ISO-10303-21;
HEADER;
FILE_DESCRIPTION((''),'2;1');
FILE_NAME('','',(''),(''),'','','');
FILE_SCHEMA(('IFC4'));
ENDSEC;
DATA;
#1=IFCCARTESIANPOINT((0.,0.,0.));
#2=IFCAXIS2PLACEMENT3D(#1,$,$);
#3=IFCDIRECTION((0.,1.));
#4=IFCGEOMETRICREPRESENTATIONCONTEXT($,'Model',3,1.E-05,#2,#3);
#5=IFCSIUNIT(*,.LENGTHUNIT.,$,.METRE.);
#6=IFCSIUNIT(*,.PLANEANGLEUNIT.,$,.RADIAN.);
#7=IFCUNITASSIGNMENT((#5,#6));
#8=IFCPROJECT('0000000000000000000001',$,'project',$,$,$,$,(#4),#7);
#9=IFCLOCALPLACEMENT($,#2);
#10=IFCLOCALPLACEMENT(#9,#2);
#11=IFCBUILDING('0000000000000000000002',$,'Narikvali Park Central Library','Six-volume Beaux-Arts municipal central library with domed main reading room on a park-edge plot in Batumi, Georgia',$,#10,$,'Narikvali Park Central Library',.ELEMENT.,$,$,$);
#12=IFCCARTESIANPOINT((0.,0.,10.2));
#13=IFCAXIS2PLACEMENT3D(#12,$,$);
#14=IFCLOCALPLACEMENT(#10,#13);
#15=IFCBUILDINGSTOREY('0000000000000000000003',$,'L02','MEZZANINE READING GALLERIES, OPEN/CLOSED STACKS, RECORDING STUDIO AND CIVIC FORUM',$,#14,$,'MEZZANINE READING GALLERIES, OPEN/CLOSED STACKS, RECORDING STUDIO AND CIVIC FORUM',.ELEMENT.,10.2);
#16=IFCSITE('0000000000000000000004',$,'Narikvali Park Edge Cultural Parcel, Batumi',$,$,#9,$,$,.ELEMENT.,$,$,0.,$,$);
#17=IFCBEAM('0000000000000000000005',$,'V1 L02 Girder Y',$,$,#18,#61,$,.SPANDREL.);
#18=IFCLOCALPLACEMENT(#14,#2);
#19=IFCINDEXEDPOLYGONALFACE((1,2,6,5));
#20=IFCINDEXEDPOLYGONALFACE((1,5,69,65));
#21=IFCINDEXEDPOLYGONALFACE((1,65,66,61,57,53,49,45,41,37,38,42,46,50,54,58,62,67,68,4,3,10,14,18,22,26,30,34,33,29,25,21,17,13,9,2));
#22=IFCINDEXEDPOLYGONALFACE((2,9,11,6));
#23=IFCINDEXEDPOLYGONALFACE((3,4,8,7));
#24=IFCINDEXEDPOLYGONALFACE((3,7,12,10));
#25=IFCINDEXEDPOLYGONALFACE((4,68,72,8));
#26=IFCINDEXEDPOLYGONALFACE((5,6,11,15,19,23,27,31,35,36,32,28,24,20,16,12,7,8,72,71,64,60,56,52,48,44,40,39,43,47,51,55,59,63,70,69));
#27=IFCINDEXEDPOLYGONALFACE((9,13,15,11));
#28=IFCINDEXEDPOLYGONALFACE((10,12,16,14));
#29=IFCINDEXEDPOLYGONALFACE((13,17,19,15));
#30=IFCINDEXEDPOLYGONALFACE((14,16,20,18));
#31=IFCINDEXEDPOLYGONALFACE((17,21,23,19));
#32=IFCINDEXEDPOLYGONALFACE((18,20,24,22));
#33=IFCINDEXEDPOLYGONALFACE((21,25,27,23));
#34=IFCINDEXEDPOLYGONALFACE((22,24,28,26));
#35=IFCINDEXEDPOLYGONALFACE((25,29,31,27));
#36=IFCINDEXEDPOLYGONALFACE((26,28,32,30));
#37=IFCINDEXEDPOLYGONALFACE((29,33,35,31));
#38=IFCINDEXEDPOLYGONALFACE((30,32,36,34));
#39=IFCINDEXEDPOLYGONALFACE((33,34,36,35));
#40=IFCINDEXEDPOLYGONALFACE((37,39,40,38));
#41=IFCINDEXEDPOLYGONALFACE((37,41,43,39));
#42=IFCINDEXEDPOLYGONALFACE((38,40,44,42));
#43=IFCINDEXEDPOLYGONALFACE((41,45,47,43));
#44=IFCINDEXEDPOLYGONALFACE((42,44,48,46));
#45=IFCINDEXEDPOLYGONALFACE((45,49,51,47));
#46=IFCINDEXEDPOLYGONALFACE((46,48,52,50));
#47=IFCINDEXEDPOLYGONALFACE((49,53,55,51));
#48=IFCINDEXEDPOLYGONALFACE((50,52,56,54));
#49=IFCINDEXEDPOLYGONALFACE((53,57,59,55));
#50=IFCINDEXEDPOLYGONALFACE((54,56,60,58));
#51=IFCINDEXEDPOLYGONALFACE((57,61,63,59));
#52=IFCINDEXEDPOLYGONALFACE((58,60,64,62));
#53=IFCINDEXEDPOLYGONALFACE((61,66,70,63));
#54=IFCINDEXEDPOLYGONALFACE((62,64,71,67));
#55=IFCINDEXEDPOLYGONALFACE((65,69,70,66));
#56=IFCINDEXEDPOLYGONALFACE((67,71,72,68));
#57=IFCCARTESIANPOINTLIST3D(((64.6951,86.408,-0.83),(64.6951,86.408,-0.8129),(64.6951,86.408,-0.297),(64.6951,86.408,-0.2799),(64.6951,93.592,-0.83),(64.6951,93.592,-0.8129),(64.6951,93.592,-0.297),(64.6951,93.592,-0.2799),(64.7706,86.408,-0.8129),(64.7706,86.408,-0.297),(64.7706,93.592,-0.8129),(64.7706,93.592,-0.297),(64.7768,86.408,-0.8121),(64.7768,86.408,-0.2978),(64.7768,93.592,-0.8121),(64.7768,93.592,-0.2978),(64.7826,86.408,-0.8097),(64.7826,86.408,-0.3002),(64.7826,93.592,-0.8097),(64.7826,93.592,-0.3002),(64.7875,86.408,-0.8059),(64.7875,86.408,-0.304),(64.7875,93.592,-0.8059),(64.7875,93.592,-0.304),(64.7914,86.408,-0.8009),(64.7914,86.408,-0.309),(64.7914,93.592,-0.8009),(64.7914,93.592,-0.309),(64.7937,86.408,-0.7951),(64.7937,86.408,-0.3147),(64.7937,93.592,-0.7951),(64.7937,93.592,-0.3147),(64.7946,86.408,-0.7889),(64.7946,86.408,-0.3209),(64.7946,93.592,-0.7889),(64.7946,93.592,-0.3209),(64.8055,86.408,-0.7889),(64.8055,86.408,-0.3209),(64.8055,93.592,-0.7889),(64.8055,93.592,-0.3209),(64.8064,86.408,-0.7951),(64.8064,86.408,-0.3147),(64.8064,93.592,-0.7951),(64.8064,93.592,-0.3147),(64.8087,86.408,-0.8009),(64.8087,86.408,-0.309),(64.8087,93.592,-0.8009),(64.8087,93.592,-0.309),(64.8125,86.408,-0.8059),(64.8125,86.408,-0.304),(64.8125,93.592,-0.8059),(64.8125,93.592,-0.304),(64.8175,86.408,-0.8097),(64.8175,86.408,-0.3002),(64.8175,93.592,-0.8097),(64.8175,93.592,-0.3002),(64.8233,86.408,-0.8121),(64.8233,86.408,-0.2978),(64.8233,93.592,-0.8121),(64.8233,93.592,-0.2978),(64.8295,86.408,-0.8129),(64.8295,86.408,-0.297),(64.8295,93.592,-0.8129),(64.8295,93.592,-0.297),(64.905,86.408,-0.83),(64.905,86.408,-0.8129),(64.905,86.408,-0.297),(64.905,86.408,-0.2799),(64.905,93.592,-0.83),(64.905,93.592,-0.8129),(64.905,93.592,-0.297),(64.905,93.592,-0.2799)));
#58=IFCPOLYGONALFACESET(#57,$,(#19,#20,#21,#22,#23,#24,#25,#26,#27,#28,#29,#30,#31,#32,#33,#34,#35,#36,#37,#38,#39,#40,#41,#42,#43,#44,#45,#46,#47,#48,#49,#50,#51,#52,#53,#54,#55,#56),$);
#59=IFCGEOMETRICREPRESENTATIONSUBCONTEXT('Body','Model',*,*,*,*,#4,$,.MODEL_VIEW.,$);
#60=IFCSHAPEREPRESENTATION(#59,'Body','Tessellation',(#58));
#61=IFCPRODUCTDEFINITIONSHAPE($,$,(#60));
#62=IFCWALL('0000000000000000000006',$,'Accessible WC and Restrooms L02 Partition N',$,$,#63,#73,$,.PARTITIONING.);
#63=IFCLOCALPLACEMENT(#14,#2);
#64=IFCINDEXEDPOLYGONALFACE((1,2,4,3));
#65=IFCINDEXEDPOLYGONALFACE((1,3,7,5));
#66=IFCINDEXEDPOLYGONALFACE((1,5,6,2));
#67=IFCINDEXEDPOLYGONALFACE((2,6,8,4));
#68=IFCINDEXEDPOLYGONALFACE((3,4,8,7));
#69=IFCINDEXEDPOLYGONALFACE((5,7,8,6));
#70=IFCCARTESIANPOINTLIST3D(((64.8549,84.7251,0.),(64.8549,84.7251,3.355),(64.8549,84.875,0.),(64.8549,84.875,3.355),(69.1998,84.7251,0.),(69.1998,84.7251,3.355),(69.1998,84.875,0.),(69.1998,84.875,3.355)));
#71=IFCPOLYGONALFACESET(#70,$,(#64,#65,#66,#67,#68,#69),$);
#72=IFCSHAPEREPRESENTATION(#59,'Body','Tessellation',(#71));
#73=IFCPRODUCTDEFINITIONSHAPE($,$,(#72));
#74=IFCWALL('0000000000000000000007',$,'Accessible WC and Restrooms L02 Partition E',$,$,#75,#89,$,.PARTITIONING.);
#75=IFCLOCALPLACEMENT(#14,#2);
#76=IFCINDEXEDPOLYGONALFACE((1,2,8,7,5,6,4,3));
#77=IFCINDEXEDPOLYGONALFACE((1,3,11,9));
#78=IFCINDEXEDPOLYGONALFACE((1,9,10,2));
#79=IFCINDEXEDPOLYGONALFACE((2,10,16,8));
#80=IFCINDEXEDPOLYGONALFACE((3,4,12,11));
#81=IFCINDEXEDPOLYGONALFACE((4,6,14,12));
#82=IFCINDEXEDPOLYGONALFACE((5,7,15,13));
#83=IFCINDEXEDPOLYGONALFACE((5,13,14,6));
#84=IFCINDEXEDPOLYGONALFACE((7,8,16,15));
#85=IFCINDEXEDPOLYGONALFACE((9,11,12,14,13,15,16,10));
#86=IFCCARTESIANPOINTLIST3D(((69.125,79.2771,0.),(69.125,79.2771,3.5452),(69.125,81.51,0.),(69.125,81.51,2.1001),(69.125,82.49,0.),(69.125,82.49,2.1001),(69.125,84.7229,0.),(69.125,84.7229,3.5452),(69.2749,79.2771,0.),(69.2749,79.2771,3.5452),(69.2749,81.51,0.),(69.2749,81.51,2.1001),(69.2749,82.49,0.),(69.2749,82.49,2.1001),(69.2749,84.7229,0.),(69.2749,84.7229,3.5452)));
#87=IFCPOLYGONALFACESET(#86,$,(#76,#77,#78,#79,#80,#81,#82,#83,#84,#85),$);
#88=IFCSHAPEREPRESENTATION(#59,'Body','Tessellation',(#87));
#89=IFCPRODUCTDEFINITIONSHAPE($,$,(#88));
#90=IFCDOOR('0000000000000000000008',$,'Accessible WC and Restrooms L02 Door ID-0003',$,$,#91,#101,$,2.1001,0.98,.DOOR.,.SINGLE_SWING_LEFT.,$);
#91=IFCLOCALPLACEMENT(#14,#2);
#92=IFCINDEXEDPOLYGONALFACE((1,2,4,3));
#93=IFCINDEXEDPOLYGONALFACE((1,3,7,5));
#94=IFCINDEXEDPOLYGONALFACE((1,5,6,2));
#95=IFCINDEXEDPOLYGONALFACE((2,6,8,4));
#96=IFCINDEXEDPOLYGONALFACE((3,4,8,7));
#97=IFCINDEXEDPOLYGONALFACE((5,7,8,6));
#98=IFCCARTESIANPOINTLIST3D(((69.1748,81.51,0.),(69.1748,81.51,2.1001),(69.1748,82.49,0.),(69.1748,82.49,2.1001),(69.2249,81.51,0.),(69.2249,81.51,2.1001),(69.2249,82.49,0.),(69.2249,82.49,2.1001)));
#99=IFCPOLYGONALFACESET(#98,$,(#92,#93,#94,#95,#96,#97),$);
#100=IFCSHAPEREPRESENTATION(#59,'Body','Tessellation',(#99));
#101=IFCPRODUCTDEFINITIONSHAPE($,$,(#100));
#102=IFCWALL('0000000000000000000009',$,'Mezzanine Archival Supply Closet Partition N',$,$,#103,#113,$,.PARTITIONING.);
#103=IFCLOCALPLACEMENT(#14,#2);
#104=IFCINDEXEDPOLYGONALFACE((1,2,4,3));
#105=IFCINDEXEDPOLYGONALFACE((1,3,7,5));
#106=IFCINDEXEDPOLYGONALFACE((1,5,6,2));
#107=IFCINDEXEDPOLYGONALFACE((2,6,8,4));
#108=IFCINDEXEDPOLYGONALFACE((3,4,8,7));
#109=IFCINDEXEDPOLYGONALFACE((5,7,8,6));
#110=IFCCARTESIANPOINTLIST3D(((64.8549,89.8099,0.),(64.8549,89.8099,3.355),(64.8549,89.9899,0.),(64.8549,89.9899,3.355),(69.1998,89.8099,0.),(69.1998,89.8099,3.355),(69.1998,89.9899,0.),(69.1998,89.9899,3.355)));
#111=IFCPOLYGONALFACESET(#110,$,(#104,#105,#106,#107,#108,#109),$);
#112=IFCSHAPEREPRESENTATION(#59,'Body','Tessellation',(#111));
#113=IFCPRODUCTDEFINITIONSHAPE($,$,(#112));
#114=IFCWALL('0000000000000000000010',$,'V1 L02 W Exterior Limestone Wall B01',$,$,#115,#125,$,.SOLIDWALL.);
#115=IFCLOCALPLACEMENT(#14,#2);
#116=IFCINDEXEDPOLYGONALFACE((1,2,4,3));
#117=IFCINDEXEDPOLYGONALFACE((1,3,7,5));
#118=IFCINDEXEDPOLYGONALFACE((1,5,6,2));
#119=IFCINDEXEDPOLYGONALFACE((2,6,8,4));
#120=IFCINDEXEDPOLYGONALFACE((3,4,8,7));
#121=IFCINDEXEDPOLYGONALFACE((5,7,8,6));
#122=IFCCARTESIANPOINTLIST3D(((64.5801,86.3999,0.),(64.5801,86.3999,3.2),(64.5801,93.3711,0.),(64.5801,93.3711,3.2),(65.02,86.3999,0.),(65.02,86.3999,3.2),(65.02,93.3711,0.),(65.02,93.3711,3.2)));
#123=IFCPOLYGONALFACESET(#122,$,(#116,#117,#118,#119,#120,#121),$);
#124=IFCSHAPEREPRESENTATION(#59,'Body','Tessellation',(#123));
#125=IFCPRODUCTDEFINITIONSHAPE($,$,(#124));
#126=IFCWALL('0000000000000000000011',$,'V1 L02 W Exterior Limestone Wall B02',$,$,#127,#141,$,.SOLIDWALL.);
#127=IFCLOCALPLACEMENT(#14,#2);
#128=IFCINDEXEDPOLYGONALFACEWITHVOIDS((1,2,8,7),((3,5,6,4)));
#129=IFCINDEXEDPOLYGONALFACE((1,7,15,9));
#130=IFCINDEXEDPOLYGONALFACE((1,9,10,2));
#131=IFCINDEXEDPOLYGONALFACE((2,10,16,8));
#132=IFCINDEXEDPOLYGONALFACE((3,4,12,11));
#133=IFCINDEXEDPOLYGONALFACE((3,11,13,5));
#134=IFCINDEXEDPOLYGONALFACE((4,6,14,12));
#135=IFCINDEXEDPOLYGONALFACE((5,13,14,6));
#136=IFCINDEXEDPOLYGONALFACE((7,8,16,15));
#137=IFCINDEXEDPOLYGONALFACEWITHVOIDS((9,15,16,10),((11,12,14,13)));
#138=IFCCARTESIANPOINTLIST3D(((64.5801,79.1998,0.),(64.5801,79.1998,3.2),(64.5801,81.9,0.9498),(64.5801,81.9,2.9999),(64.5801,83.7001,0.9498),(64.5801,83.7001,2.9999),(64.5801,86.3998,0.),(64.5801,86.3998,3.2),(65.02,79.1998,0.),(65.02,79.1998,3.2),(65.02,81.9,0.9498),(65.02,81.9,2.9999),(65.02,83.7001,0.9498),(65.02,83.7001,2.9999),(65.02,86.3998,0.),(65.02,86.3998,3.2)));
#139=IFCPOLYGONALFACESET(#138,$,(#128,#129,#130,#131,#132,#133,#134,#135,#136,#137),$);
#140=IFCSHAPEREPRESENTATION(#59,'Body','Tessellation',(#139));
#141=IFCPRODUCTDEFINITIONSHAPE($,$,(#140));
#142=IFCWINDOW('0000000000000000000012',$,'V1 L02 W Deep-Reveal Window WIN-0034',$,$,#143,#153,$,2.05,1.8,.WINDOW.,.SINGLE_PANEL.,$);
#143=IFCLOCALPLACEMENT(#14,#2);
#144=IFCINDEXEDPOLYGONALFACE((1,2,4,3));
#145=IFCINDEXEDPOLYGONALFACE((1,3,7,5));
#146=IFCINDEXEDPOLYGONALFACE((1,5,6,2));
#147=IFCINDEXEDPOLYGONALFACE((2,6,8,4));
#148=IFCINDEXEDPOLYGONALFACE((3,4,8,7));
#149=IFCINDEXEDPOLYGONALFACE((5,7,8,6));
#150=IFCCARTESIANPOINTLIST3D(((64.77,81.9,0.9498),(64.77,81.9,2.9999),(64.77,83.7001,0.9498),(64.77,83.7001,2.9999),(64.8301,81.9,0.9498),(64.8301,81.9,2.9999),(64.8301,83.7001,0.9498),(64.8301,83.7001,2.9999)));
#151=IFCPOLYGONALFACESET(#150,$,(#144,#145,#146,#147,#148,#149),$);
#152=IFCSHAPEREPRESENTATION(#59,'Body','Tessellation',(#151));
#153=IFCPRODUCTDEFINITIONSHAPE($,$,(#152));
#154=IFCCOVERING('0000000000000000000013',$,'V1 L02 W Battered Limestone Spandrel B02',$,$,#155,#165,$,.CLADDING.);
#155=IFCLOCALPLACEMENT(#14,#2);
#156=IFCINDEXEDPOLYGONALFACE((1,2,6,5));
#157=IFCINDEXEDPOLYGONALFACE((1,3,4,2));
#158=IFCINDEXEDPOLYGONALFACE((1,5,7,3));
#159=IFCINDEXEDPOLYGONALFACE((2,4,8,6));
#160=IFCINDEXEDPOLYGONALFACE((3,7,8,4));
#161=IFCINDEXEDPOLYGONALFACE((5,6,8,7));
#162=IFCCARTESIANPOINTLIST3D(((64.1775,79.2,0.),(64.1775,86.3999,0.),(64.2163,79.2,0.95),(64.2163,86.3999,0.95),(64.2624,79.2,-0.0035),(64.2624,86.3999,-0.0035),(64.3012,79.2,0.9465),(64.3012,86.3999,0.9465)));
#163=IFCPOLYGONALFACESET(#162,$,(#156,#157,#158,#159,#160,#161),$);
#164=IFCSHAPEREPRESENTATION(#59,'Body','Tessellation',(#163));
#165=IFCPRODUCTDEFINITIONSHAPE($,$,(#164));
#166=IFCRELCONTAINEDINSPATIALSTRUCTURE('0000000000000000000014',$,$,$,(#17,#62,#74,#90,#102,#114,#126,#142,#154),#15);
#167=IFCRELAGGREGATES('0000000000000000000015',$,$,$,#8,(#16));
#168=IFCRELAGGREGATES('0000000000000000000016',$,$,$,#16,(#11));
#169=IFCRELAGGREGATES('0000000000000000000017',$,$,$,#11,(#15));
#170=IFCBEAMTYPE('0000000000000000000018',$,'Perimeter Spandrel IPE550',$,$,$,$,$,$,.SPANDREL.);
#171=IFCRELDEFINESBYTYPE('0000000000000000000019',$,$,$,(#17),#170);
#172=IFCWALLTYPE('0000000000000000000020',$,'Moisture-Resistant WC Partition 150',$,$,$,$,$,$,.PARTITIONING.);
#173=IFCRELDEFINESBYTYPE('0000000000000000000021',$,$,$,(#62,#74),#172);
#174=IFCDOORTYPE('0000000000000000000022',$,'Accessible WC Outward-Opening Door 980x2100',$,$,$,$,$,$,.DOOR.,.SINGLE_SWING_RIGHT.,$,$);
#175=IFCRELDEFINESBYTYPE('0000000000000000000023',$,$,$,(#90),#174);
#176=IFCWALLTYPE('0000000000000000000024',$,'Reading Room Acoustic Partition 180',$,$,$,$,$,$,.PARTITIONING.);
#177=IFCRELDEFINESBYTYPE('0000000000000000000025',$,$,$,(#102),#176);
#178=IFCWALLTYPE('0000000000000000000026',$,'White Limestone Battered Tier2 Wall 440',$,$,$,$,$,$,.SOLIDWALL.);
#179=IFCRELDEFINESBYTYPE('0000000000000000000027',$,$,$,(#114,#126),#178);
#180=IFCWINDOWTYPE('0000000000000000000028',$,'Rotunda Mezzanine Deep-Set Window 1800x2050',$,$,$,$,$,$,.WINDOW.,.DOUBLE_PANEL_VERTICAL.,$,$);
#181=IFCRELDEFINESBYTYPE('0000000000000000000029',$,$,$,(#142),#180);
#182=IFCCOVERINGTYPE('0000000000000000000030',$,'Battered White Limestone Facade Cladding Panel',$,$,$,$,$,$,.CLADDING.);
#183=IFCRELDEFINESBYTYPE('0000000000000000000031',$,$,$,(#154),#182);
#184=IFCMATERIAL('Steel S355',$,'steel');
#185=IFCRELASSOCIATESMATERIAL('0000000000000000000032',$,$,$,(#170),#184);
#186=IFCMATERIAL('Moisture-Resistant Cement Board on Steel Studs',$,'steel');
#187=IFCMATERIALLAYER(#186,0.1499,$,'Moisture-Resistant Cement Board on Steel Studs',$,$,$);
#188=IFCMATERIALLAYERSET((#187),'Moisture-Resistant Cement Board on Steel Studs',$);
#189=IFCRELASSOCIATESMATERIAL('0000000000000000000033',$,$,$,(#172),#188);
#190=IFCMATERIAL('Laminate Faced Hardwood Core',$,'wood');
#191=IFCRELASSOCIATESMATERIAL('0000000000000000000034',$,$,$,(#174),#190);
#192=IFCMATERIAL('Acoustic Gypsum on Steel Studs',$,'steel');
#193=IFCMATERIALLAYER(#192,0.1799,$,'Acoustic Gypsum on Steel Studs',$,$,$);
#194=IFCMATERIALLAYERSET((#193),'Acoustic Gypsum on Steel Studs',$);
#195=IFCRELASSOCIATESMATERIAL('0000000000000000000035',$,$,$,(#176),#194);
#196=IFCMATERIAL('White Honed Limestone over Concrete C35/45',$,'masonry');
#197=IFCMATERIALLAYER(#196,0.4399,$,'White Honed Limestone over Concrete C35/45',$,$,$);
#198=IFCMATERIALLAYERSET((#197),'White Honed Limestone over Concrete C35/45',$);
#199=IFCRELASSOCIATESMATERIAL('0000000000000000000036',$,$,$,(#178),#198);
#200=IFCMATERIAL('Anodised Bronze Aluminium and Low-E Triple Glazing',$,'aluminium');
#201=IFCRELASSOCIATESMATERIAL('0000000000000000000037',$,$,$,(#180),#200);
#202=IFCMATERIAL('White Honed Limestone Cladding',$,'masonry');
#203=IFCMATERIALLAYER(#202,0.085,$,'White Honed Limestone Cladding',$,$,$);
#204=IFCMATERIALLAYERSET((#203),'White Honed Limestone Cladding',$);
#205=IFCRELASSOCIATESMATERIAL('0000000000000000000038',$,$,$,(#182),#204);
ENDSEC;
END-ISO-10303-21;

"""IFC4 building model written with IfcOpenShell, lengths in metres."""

from ifc_helpers import new_model, si_unit, direction, frame, frame_2d, origin, origin_2d, place, context, subcontext, project, spatial, polyline, rectangle, i_section, outline, extrude, material, layer, layer_set, material_profile, profile_set, type_object, element, fill, save


model = new_model("IFC4")

# Units and contexts
model_context = context("Model", 3, precision=1e-05, world=origin(), true_north=direction((0.0, 1.0)))
body_context = subcontext(model_context, "Body", "Model", "MODEL_VIEW")
ifc_project = project(units=[si_unit("LENGTHUNIT", "METRE"), si_unit("PLANEANGLEUNIT", "RADIAN")], contexts=[model_context])

# Site, building, storey
site_placement = place(None, origin())
site = spatial("IfcSite", under=ifc_project, at=site_placement, Name="Narikvali Park Edge Cultural Parcel, Batumi", CompositionType="ELEMENT", RefElevation=0.0)
building_placement = place(site_placement, origin())
building = spatial("IfcBuilding", under=site, at=building_placement, Name="Narikvali Park Central Library", Description="Six-volume Beaux-Arts municipal central library with domed main reading room on a park-edge plot in Batumi, Georgia", LongName="Narikvali Park Central Library", CompositionType="ELEMENT")
storey_placement = place(building_placement, frame((0.0, 0.0, 10.2)))
storey = spatial("IfcBuildingStorey", under=building, at=storey_placement, Name="L02", Description="MEZZANINE READING GALLERIES, OPEN/CLOSED STACKS, RECORDING STUDIO AND CIVIC FORUM", LongName="MEZZANINE READING GALLERIES, OPEN/CLOSED STACKS, RECORDING STUDIO AND CIVIC FORUM", CompositionType="ELEMENT", Elevation=10.2)

# Shared definitions
ifc_material_1 = material(Name="Steel S355", Category="steel")

# Beam
ifc_material_profile_1 = material_profile(ifc_material_1, i_section(OverallWidth=0.21, OverallDepth=0.55, WebThickness=0.011, FlangeThickness=0.0171, FilletRadius=0.0239, at=origin_2d()), Name="IPE 550")
ifc_profile_set_1 = profile_set([ifc_material_profile_1], Name="Steel S355")
beam_type_1 = type_object("IfcBeamType", Name="Perimeter Spandrel IPE550", PredefinedType="SPANDREL", material=ifc_profile_set_1)
beam_1_placement = place(storey_placement, frame((64.8, 86.408, -0.5549), z_axis=(0.0, 1.0, 0.0), x_axis=(-1.0, 0.0, 0.0)))
element("IfcBeam", 1, at=beam_1_placement, inside=storey, type_object=beam_type_1, Name="V1 L02 Girder Y", PredefinedType="SPANDREL", context=body_context, shape_type="SweptSolid", body=[
    extrude(i_section(OverallWidth=0.21, OverallDepth=0.55, WebThickness=0.011, FlangeThickness=0.0171, FilletRadius=0.0239, at=origin_2d()), origin(), (0.0, 0.0, 1.0), 7.1841),
])

# Wall
ifc_material_2 = material(Name="Moisture-Resistant Cement Board on Steel Studs", Category="steel")
ifc_layer_1 = layer(ifc_material_2, 0.1499, Name="Moisture-Resistant Cement Board on Steel Studs")
ifc_layer_set_1 = layer_set([ifc_layer_1], Name="Moisture-Resistant Cement Board on Steel Studs")
wall_type_1 = type_object("IfcWallType", Name="Moisture-Resistant WC Partition 150", PredefinedType="PARTITIONING", material=ifc_layer_set_1)
wall_1_placement = place(storey_placement, frame((64.855, 84.8, 0.0), z_axis=(0.0, 0.0, 1.0), x_axis=(1.0, 0.0, 0.0)))
element("IfcWall", 2, at=wall_1_placement, inside=storey, type_object=wall_type_1, Name="Accessible WC and Restrooms L02 Partition N", PredefinedType="PARTITIONING", context=body_context, shape_type="SweptSolid", body=[
    extrude(rectangle(XDim=4.345, YDim=0.1499, at=frame_2d((2.1724, 0.0))), origin(), (0.0, 0.0, 1.0), 3.355),
])

# Wall, opening, door
wall_2_placement = place(storey_placement, frame((69.2, 79.2771, 0.0), z_axis=(0.0, 0.0, 1.0), x_axis=(0.0, 1.0, 0.0)))
wall_2 = element("IfcWall", 3, at=wall_2_placement, inside=storey, type_object=wall_type_1, Name="Accessible WC and Restrooms L02 Partition E", PredefinedType="PARTITIONING", context=body_context, shape_type="SweptSolid", body=[
    extrude(rectangle(XDim=5.4458, YDim=0.1499, at=frame_2d((2.7229, 0.0))), origin(), (0.0, 0.0, 1.0), 3.5452),
])
opening_1_placement = place(wall_2_placement, frame((2.2329, 0.0, 0.0)))
opening_1 = element("IfcOpeningElement", 4, at=opening_1_placement, cuts=wall_2, PredefinedType="OPENING", context=body_context, shape_type="SweptSolid", body=[
    extrude(rectangle(XDim=0.98, YDim=2.1001, at=frame_2d((0.49, 1.05))), frame((0.0, 0.0869, 0.0), z_axis=(0.0, -1.0, 0.0), x_axis=(1.0, 0.0, 0.0)), (0.0, 0.0, 1.0), 0.1738),
])
ifc_material_3 = material(Name="Laminate Faced Hardwood Core", Category="wood")
door_type = type_object("IfcDoorType", Name="Accessible WC Outward-Opening Door 980x2100", OperationType="SINGLE_SWING_RIGHT", PredefinedType="DOOR", material=ifc_material_3)
door_placement = place(opening_1_placement, frame((0.98, 0.0, 0.0), z_axis=(0.0, 0.0, 1.0), x_axis=(-1.0, 0.0, 0.0)))
door = element("IfcDoor", 5, at=door_placement, inside=storey, type_object=door_type, Name="Accessible WC and Restrooms L02 Door ID-0003", OperationType="SINGLE_SWING_LEFT", OverallHeight=2.1001, OverallWidth=0.98, PredefinedType="DOOR", context=body_context, shape_type="SweptSolid", body=[
    extrude(rectangle(XDim=0.98, YDim=2.1001, at=frame_2d((0.49, 1.05))), frame((0.0, 0.0249, 0.0), z_axis=(0.0, -1.0, 0.0), x_axis=(1.0, 0.0, 0.0)), (0.0, 0.0, 1.0), 0.05),
])
fill(opening_1, door)

# Walls
ifc_material_4 = material(Name="Acoustic Gypsum on Steel Studs", Category="steel")
ifc_layer_2 = layer(ifc_material_4, 0.1799, Name="Acoustic Gypsum on Steel Studs")
ifc_layer_set_2 = layer_set([ifc_layer_2], Name="Acoustic Gypsum on Steel Studs")
wall_type_2 = type_object("IfcWallType", Name="Reading Room Acoustic Partition 180", PredefinedType="PARTITIONING", material=ifc_layer_set_2)
wall_3_placement = place(storey_placement, frame((64.855, 89.8999, 0.0), z_axis=(0.0, 0.0, 1.0), x_axis=(1.0, 0.0, 0.0)))
element("IfcWall", 6, at=wall_3_placement, inside=storey, type_object=wall_type_2, Name="Mezzanine Archival Supply Closet Partition N", PredefinedType="PARTITIONING", context=body_context, shape_type="SweptSolid", body=[
    extrude(rectangle(XDim=4.345, YDim=0.1799, at=frame_2d((2.1724, 0.0))), origin(), (0.0, 0.0, 1.0), 3.355),
])
ifc_material_5 = material(Name="White Honed Limestone over Concrete C35/45", Category="masonry")
ifc_layer_3 = layer(ifc_material_5, 0.4399, Name="White Honed Limestone over Concrete C35/45")
ifc_layer_set_3 = layer_set([ifc_layer_3], Name="White Honed Limestone over Concrete C35/45")
wall_type_3 = type_object("IfcWallType", Name="White Limestone Battered Tier2 Wall 440", PredefinedType="SOLIDWALL", material=ifc_layer_set_3)
wall_4_placement = place(storey_placement, frame((64.8, 93.3711, 0.0), z_axis=(0.0, 0.0, 1.0), x_axis=(0.0, -1.0, 0.0)))
element("IfcWall", 7, at=wall_4_placement, inside=storey, type_object=wall_type_3, Name="V1 L02 W Exterior Limestone Wall B01", PredefinedType="SOLIDWALL", context=body_context, shape_type="SweptSolid", body=[
    extrude(rectangle(XDim=6.9712, YDim=0.4399, at=frame_2d((3.4856, 0.0))), origin(), (0.0, 0.0, 1.0), 3.2),
])

# Wall, opening, window
wall_5_placement = place(storey_placement, frame((64.8, 86.3999, 0.0), z_axis=(0.0, 0.0, 1.0), x_axis=(0.0, -1.0, 0.0)))
wall_5 = element("IfcWall", 8, at=wall_5_placement, inside=storey, type_object=wall_type_3, Name="V1 L02 W Exterior Limestone Wall B02", PredefinedType="SOLIDWALL", context=body_context, shape_type="SweptSolid", body=[
    extrude(rectangle(XDim=7.2, YDim=0.4399, at=frame_2d((3.6001, 0.0))), origin(), (0.0, 0.0, 1.0), 3.2),
])
opening_2_placement = place(wall_5_placement, frame((2.7, 0.0, 0.95)))
opening_2 = element("IfcOpeningElement", 9, at=opening_2_placement, cuts=wall_5, PredefinedType="OPENING", context=body_context, shape_type="SweptSolid", body=[
    extrude(rectangle(XDim=1.8, YDim=2.05, at=frame_2d((0.8999, 1.0249))), frame((0.0, 0.2319, 0.0), z_axis=(0.0, -1.0, 0.0), x_axis=(1.0, 0.0, 0.0)), (0.0, 0.0, 1.0), 0.4639),
])
ifc_material_6 = material(Name="Anodised Bronze Aluminium and Low-E Triple Glazing", Category="aluminium")
window_type = type_object("IfcWindowType", Name="Rotunda Mezzanine Deep-Set Window 1800x2050", PartitioningType="DOUBLE_PANEL_VERTICAL", PredefinedType="WINDOW", material=ifc_material_6)
window_placement = place(opening_2_placement, origin())
window = element("IfcWindow", 10, at=window_placement, inside=storey, type_object=window_type, Name="V1 L02 W Deep-Reveal Window WIN-0034", OverallHeight=2.05, OverallWidth=1.8, PartitioningType="SINGLE_PANEL", PredefinedType="WINDOW", context=body_context, shape_type="SweptSolid", body=[
    extrude(rectangle(XDim=1.8, YDim=2.05, at=frame_2d((0.8999, 1.0249))), frame((0.0, 0.03, 0.0), z_axis=(0.0, -1.0, 0.0), x_axis=(1.0, 0.0, 0.0)), (0.0, 0.0, 1.0), 0.0601),
])
fill(opening_2, window)

# Covering
ifc_material_7 = material(Name="White Honed Limestone Cladding", Category="masonry")
ifc_layer_4 = layer(ifc_material_7, 0.085, Name="White Honed Limestone Cladding")
ifc_layer_set_4 = layer_set([ifc_layer_4], Name="White Honed Limestone Cladding")
covering_type = type_object("IfcCoveringType", Name="Battered White Limestone Facade Cladding Panel", PredefinedType="CLADDING", material=ifc_layer_set_4)
covering_1_placement = place(storey_placement, frame((64.1775, 86.3999, 0.0), z_axis=(-0.999166, 0.0, 0.040829), x_axis=(0.0, -1.0, 0.0)))
element("IfcCovering", 11, at=covering_1_placement, inside=storey, type_object=covering_type, Name="V1 L02 W Battered Limestone Spandrel B02", PredefinedType="CLADDING", context=body_context, shape_type="SweptSolid", body=[
    extrude(outline(polyline([(0.0, 0.0), (7.2, 0.0), (7.2, 0.9507), (0.0, 0.9507), (0.0, 0.0)])), origin(), (0.0, 0.0, -1.0), 0.085),
])

save(model, "model.ifc")
